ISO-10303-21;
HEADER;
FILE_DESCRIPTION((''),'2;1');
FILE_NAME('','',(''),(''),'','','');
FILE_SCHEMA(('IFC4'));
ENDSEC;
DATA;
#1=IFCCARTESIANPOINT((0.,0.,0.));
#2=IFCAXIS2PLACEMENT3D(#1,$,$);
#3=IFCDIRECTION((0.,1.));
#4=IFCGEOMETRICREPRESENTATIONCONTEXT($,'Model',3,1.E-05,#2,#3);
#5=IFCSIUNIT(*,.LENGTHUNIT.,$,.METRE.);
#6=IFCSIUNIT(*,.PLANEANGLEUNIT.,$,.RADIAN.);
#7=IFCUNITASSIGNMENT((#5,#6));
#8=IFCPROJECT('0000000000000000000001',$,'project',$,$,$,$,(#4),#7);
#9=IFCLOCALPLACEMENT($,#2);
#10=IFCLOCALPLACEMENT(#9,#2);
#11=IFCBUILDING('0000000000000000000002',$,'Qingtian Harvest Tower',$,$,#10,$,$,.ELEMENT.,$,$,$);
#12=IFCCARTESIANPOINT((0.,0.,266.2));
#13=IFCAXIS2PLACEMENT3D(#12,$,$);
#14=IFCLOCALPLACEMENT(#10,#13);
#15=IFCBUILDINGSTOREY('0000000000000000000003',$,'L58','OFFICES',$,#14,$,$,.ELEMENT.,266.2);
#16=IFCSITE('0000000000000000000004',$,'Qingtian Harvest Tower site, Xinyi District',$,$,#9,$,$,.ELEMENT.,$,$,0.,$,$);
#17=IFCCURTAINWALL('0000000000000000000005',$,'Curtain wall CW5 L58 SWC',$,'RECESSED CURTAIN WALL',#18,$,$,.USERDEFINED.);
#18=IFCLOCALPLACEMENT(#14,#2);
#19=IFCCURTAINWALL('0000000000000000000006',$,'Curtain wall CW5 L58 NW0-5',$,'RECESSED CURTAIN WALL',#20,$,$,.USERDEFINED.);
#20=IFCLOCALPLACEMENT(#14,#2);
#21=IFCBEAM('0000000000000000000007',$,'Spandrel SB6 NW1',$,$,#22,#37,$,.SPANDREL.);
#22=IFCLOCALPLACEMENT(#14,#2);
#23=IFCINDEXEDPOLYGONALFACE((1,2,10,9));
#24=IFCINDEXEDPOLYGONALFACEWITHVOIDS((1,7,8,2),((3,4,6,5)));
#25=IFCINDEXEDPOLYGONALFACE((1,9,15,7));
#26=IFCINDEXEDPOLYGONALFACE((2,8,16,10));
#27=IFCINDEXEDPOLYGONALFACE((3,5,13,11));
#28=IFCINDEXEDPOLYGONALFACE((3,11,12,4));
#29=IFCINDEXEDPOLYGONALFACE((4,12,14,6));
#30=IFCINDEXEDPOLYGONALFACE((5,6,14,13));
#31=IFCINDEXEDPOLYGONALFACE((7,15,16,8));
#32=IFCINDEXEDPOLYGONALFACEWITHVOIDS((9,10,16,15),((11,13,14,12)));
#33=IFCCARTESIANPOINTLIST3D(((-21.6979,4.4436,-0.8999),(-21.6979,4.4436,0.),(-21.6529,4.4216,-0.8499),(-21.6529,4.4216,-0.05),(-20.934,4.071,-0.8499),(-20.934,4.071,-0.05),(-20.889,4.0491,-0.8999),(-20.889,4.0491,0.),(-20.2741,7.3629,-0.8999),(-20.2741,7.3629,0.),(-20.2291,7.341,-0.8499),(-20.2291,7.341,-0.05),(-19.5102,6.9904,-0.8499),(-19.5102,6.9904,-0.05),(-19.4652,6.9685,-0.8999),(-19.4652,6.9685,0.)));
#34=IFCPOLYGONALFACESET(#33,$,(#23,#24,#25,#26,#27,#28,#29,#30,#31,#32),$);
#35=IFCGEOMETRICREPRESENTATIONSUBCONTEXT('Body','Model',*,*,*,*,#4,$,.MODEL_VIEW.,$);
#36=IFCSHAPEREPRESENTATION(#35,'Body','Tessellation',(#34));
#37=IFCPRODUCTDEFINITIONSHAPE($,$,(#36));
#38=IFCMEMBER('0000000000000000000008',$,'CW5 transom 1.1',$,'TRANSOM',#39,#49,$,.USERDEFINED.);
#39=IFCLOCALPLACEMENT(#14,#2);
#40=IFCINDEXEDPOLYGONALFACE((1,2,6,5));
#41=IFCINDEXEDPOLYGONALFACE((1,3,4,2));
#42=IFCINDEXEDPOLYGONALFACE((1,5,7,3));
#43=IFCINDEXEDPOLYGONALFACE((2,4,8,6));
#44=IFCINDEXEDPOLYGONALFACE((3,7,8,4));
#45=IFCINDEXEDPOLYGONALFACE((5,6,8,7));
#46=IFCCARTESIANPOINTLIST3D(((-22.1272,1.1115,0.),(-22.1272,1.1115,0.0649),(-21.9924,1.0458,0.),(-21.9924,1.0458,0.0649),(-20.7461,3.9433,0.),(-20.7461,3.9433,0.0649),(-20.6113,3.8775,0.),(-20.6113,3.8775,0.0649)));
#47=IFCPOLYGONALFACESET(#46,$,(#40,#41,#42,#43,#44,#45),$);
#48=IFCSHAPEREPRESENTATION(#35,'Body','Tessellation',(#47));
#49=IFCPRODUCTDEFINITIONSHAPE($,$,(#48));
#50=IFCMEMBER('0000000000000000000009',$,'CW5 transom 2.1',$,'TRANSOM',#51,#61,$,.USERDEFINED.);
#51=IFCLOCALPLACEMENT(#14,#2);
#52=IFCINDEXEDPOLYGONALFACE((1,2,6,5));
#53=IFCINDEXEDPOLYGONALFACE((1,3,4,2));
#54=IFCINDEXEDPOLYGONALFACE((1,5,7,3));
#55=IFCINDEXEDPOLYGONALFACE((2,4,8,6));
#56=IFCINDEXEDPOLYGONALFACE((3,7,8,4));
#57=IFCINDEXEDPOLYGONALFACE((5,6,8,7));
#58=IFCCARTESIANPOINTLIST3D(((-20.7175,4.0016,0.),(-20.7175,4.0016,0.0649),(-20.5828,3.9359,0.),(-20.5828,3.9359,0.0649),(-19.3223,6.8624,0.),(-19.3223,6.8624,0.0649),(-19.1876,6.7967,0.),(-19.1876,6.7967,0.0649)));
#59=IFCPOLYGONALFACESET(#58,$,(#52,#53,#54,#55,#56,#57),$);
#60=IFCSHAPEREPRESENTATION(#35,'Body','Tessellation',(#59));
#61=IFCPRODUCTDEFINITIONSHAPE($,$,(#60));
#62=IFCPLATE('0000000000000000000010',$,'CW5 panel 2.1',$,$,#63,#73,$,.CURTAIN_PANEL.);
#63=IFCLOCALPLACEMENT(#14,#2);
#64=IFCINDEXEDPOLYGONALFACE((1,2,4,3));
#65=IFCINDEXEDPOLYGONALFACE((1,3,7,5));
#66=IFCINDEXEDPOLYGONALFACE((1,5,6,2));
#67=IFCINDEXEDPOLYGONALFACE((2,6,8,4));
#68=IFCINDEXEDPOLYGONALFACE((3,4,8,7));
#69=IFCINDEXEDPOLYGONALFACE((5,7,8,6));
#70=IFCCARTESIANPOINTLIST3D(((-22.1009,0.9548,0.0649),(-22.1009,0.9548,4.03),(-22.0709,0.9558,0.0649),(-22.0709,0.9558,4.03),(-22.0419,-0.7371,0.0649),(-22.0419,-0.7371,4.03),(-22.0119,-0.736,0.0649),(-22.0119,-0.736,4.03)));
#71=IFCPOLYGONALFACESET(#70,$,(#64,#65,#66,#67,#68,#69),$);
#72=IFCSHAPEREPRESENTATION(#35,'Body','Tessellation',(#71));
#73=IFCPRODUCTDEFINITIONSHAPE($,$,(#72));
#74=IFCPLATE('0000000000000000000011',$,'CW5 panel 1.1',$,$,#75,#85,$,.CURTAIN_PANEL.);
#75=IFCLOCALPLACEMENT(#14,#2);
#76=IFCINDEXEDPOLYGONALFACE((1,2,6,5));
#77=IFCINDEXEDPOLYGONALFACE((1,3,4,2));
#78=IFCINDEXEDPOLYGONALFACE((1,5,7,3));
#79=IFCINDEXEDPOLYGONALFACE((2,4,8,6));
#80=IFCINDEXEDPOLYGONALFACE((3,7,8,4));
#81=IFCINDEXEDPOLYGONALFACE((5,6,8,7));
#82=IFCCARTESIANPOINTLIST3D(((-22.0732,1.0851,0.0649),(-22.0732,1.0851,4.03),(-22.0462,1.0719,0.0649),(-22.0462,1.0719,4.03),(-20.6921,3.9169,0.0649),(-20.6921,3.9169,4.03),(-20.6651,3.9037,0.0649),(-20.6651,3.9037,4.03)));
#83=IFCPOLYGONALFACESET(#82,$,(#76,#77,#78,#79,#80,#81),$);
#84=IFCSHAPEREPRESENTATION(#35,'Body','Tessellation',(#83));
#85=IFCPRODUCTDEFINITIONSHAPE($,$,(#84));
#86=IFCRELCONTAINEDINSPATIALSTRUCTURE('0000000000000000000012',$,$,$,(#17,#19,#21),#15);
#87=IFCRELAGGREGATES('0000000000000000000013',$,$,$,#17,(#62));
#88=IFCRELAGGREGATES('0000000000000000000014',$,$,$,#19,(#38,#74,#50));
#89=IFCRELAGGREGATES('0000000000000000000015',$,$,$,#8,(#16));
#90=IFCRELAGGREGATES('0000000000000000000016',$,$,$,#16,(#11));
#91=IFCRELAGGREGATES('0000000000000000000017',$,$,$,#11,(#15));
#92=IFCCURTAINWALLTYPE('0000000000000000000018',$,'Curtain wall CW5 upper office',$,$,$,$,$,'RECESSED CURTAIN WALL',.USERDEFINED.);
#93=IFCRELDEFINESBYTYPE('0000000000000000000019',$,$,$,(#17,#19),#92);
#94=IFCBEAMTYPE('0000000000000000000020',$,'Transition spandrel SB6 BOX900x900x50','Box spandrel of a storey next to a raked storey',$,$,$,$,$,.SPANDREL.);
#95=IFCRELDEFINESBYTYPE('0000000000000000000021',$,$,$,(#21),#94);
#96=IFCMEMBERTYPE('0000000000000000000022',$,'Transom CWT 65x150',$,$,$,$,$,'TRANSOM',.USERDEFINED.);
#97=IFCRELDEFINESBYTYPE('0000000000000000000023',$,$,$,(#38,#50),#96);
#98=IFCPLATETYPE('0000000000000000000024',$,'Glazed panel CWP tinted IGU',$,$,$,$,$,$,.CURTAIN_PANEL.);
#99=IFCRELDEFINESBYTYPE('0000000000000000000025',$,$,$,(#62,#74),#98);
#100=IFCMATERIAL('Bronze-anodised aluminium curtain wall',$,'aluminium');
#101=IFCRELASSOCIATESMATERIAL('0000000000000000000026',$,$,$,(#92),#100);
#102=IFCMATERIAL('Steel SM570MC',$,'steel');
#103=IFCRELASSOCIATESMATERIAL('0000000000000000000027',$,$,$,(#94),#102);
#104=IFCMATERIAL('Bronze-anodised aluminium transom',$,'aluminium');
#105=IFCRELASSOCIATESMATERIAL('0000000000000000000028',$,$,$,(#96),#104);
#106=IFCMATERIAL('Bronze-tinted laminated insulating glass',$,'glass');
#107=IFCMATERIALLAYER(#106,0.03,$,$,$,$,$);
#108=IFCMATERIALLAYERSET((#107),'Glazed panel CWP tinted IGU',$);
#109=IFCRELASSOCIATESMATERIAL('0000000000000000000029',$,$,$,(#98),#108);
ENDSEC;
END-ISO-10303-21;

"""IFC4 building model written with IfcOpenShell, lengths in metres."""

from ifc_helpers import new_model, si_unit, direction, frame, origin, origin_2d, place, context, subcontext, project, spatial, rectangle, hollow_rectangle, extrude, material, layer, layer_set, material_profile, profile_set, type_object, element, aggregate, save


model = new_model("IFC4")

# Units and contexts
model_context = context("Model", 3, precision=1e-05, world=origin(), true_north=direction((0.0, 1.0)))
body_context = subcontext(model_context, "Body", "Model", "MODEL_VIEW")
ifc_project = project(units=[si_unit("LENGTHUNIT", "METRE"), si_unit("PLANEANGLEUNIT", "RADIAN")], contexts=[model_context])

# Site, building, storey
site_placement = place(None, origin())
site = spatial("IfcSite", under=ifc_project, at=site_placement, Name="Qingtian Harvest Tower site, Xinyi District", CompositionType="ELEMENT", RefElevation=0.0)
building_placement = place(site_placement, origin())
building = spatial("IfcBuilding", under=site, at=building_placement, Name="Qingtian Harvest Tower", CompositionType="ELEMENT")
storey_placement = place(building_placement, frame((0.0, 0.0, 266.2)))
storey = spatial("IfcBuildingStorey", under=building, at=storey_placement, Name="L58", Description="OFFICES", CompositionType="ELEMENT", Elevation=266.2)

# Curtain wall
ifc_material_1 = material(Name="Bronze-anodised aluminium curtain wall", Category="aluminium")
curtain_wall_type = type_object("IfcCurtainWallType", Name="Curtain wall CW5 upper office", ElementType="RECESSED CURTAIN WALL", PredefinedType="USERDEFINED", material=ifc_material_1)
curtain_wall_1_placement = place(storey_placement, origin())
curtain_wall_1 = element("IfcCurtainWall", 1, at=curtain_wall_1_placement, inside=storey, type_object=curtain_wall_type, Name="Curtain wall CW5 L58 SWC", ObjectType="RECESSED CURTAIN WALL", PredefinedType="USERDEFINED")

# Curtain wall
curtain_wall_2_placement = place(storey_placement, origin())
curtain_wall_2 = element("IfcCurtainWall", 2, at=curtain_wall_2_placement, inside=storey, type_object=curtain_wall_type, Name="Curtain wall CW5 L58 NW0-5", ObjectType="RECESSED CURTAIN WALL", PredefinedType="USERDEFINED")

# Beam
ifc_material_2 = material(Name="Steel SM570MC", Category="steel")
ifc_material_profile_1 = material_profile(ifc_material_2, hollow_rectangle(XDim=0.8999, YDim=0.8999, WallThickness=0.05, at=origin_2d()), Name="BOX900x900x50")
ifc_profile_set_1 = profile_set([ifc_material_profile_1], Name="Steel SM570MC")
beam_type_1 = type_object("IfcBeamType", Name="Transition spandrel SB6 BOX900x900x50", Description="Box spandrel of a storey next to a raked storey", PredefinedType="SPANDREL", material=ifc_profile_set_1)
beam_1_placement = place(storey_placement, frame((-21.2935, 4.2463, -0.45), z_axis=(0.438353, 0.898803, 0.0), x_axis=(-0.898803, 0.438353, 0.0)))
element("IfcBeam", 3, at=beam_1_placement, inside=storey, type_object=beam_type_1, Name="Spandrel SB6 NW1", PredefinedType="SPANDREL", context=body_context, shape_type="SweptSolid", body=[
    extrude(hollow_rectangle(XDim=0.8999, YDim=0.8999, WallThickness=0.05, at=origin_2d()), origin(), (0.0, 0.0, 1.0), 3.248),
])

# Members
ifc_material_3 = material(Name="Bronze-anodised aluminium transom", Category="aluminium")
ifc_material_profile_2 = material_profile(ifc_material_3, rectangle(XDim=0.1499, YDim=0.0649, at=origin_2d()), Name="AL 65x150")
ifc_profile_set_2 = profile_set([ifc_material_profile_2], Name="Bronze-anodised aluminium transom")
member_type_1 = type_object("IfcMemberType", Name="Transom CWT 65x150", ElementType="TRANSOM", PredefinedType="USERDEFINED", material=ifc_profile_set_2)
member_1_placement = place(storey_placement, frame((-22.0598, 1.0786, 0.0325), z_axis=(0.438358, 0.8988, 0.0), x_axis=(-0.8988, 0.438358, 0.0)))
member_1 = element("IfcMember", 4, at=member_1_placement, type_object=member_type_1, Name="CW5 transom 1.1", ObjectType="TRANSOM", PredefinedType="USERDEFINED", context=body_context, shape_type="SweptSolid", body=[
    extrude(rectangle(XDim=0.1499, YDim=0.0649, at=origin_2d()), origin(), (0.0, 0.0, 1.0), 3.1506),
])
member_2_placement = place(storey_placement, frame((-20.6501, 3.9688, 0.0325), z_axis=(0.438356, 0.898802, 0.0), x_axis=(-0.898802, 0.438356, 0.0)))
member_2 = element("IfcMember", 5, at=member_2_placement, type_object=member_type_1, Name="CW5 transom 2.1", ObjectType="TRANSOM", PredefinedType="USERDEFINED", context=body_context, shape_type="SweptSolid", body=[
    extrude(rectangle(XDim=0.1499, YDim=0.0649, at=origin_2d()), origin(), (0.0, 0.0, 1.0), 3.1829),
])

# Plates
ifc_material_4 = material(Name="Bronze-tinted laminated insulating glass", Category="glass")
ifc_layer = layer(ifc_material_4, 0.03)
ifc_layer_set = layer_set([ifc_layer], Name="Glazed panel CWP tinted IGU")
plate_type = type_object("IfcPlateType", Name="Glazed panel CWP tinted IGU", PredefinedType="CURTAIN_PANEL", material=ifc_layer_set)
plate_1_placement = place(storey_placement, frame((-22.0564, 0.1094, 0.0649), z_axis=(0.0, 0.0, 1.0), x_axis=(-0.034899, 0.999391, 0.0)))
plate_1 = element("IfcPlate", 6, at=plate_1_placement, type_object=plate_type, Name="CW5 panel 2.1", PredefinedType="CURTAIN_PANEL", context=body_context, shape_type="SweptSolid", body=[
    extrude(rectangle(XDim=1.6929, YDim=0.03, at=origin_2d()), origin(), (0.0, 0.0, 1.0), 3.9651),
])
aggregate(curtain_wall_1, [plate_1])
plate_2_placement = place(storey_placement, frame((-21.3691, 2.4944, 0.0649), z_axis=(0.0, 0.0, 1.0), x_axis=(0.438371, 0.898794, 0.0)))
plate_2 = element("IfcPlate", 7, at=plate_2_placement, type_object=plate_type, Name="CW5 panel 1.1", PredefinedType="CURTAIN_PANEL", context=body_context, shape_type="SweptSolid", body=[
    extrude(rectangle(XDim=3.1506, YDim=0.03, at=origin_2d()), origin(), (0.0, 0.0, 1.0), 3.9651),
])
aggregate(curtain_wall_2, [member_1, plate_2, member_2])

save(model, "model.ifc")
